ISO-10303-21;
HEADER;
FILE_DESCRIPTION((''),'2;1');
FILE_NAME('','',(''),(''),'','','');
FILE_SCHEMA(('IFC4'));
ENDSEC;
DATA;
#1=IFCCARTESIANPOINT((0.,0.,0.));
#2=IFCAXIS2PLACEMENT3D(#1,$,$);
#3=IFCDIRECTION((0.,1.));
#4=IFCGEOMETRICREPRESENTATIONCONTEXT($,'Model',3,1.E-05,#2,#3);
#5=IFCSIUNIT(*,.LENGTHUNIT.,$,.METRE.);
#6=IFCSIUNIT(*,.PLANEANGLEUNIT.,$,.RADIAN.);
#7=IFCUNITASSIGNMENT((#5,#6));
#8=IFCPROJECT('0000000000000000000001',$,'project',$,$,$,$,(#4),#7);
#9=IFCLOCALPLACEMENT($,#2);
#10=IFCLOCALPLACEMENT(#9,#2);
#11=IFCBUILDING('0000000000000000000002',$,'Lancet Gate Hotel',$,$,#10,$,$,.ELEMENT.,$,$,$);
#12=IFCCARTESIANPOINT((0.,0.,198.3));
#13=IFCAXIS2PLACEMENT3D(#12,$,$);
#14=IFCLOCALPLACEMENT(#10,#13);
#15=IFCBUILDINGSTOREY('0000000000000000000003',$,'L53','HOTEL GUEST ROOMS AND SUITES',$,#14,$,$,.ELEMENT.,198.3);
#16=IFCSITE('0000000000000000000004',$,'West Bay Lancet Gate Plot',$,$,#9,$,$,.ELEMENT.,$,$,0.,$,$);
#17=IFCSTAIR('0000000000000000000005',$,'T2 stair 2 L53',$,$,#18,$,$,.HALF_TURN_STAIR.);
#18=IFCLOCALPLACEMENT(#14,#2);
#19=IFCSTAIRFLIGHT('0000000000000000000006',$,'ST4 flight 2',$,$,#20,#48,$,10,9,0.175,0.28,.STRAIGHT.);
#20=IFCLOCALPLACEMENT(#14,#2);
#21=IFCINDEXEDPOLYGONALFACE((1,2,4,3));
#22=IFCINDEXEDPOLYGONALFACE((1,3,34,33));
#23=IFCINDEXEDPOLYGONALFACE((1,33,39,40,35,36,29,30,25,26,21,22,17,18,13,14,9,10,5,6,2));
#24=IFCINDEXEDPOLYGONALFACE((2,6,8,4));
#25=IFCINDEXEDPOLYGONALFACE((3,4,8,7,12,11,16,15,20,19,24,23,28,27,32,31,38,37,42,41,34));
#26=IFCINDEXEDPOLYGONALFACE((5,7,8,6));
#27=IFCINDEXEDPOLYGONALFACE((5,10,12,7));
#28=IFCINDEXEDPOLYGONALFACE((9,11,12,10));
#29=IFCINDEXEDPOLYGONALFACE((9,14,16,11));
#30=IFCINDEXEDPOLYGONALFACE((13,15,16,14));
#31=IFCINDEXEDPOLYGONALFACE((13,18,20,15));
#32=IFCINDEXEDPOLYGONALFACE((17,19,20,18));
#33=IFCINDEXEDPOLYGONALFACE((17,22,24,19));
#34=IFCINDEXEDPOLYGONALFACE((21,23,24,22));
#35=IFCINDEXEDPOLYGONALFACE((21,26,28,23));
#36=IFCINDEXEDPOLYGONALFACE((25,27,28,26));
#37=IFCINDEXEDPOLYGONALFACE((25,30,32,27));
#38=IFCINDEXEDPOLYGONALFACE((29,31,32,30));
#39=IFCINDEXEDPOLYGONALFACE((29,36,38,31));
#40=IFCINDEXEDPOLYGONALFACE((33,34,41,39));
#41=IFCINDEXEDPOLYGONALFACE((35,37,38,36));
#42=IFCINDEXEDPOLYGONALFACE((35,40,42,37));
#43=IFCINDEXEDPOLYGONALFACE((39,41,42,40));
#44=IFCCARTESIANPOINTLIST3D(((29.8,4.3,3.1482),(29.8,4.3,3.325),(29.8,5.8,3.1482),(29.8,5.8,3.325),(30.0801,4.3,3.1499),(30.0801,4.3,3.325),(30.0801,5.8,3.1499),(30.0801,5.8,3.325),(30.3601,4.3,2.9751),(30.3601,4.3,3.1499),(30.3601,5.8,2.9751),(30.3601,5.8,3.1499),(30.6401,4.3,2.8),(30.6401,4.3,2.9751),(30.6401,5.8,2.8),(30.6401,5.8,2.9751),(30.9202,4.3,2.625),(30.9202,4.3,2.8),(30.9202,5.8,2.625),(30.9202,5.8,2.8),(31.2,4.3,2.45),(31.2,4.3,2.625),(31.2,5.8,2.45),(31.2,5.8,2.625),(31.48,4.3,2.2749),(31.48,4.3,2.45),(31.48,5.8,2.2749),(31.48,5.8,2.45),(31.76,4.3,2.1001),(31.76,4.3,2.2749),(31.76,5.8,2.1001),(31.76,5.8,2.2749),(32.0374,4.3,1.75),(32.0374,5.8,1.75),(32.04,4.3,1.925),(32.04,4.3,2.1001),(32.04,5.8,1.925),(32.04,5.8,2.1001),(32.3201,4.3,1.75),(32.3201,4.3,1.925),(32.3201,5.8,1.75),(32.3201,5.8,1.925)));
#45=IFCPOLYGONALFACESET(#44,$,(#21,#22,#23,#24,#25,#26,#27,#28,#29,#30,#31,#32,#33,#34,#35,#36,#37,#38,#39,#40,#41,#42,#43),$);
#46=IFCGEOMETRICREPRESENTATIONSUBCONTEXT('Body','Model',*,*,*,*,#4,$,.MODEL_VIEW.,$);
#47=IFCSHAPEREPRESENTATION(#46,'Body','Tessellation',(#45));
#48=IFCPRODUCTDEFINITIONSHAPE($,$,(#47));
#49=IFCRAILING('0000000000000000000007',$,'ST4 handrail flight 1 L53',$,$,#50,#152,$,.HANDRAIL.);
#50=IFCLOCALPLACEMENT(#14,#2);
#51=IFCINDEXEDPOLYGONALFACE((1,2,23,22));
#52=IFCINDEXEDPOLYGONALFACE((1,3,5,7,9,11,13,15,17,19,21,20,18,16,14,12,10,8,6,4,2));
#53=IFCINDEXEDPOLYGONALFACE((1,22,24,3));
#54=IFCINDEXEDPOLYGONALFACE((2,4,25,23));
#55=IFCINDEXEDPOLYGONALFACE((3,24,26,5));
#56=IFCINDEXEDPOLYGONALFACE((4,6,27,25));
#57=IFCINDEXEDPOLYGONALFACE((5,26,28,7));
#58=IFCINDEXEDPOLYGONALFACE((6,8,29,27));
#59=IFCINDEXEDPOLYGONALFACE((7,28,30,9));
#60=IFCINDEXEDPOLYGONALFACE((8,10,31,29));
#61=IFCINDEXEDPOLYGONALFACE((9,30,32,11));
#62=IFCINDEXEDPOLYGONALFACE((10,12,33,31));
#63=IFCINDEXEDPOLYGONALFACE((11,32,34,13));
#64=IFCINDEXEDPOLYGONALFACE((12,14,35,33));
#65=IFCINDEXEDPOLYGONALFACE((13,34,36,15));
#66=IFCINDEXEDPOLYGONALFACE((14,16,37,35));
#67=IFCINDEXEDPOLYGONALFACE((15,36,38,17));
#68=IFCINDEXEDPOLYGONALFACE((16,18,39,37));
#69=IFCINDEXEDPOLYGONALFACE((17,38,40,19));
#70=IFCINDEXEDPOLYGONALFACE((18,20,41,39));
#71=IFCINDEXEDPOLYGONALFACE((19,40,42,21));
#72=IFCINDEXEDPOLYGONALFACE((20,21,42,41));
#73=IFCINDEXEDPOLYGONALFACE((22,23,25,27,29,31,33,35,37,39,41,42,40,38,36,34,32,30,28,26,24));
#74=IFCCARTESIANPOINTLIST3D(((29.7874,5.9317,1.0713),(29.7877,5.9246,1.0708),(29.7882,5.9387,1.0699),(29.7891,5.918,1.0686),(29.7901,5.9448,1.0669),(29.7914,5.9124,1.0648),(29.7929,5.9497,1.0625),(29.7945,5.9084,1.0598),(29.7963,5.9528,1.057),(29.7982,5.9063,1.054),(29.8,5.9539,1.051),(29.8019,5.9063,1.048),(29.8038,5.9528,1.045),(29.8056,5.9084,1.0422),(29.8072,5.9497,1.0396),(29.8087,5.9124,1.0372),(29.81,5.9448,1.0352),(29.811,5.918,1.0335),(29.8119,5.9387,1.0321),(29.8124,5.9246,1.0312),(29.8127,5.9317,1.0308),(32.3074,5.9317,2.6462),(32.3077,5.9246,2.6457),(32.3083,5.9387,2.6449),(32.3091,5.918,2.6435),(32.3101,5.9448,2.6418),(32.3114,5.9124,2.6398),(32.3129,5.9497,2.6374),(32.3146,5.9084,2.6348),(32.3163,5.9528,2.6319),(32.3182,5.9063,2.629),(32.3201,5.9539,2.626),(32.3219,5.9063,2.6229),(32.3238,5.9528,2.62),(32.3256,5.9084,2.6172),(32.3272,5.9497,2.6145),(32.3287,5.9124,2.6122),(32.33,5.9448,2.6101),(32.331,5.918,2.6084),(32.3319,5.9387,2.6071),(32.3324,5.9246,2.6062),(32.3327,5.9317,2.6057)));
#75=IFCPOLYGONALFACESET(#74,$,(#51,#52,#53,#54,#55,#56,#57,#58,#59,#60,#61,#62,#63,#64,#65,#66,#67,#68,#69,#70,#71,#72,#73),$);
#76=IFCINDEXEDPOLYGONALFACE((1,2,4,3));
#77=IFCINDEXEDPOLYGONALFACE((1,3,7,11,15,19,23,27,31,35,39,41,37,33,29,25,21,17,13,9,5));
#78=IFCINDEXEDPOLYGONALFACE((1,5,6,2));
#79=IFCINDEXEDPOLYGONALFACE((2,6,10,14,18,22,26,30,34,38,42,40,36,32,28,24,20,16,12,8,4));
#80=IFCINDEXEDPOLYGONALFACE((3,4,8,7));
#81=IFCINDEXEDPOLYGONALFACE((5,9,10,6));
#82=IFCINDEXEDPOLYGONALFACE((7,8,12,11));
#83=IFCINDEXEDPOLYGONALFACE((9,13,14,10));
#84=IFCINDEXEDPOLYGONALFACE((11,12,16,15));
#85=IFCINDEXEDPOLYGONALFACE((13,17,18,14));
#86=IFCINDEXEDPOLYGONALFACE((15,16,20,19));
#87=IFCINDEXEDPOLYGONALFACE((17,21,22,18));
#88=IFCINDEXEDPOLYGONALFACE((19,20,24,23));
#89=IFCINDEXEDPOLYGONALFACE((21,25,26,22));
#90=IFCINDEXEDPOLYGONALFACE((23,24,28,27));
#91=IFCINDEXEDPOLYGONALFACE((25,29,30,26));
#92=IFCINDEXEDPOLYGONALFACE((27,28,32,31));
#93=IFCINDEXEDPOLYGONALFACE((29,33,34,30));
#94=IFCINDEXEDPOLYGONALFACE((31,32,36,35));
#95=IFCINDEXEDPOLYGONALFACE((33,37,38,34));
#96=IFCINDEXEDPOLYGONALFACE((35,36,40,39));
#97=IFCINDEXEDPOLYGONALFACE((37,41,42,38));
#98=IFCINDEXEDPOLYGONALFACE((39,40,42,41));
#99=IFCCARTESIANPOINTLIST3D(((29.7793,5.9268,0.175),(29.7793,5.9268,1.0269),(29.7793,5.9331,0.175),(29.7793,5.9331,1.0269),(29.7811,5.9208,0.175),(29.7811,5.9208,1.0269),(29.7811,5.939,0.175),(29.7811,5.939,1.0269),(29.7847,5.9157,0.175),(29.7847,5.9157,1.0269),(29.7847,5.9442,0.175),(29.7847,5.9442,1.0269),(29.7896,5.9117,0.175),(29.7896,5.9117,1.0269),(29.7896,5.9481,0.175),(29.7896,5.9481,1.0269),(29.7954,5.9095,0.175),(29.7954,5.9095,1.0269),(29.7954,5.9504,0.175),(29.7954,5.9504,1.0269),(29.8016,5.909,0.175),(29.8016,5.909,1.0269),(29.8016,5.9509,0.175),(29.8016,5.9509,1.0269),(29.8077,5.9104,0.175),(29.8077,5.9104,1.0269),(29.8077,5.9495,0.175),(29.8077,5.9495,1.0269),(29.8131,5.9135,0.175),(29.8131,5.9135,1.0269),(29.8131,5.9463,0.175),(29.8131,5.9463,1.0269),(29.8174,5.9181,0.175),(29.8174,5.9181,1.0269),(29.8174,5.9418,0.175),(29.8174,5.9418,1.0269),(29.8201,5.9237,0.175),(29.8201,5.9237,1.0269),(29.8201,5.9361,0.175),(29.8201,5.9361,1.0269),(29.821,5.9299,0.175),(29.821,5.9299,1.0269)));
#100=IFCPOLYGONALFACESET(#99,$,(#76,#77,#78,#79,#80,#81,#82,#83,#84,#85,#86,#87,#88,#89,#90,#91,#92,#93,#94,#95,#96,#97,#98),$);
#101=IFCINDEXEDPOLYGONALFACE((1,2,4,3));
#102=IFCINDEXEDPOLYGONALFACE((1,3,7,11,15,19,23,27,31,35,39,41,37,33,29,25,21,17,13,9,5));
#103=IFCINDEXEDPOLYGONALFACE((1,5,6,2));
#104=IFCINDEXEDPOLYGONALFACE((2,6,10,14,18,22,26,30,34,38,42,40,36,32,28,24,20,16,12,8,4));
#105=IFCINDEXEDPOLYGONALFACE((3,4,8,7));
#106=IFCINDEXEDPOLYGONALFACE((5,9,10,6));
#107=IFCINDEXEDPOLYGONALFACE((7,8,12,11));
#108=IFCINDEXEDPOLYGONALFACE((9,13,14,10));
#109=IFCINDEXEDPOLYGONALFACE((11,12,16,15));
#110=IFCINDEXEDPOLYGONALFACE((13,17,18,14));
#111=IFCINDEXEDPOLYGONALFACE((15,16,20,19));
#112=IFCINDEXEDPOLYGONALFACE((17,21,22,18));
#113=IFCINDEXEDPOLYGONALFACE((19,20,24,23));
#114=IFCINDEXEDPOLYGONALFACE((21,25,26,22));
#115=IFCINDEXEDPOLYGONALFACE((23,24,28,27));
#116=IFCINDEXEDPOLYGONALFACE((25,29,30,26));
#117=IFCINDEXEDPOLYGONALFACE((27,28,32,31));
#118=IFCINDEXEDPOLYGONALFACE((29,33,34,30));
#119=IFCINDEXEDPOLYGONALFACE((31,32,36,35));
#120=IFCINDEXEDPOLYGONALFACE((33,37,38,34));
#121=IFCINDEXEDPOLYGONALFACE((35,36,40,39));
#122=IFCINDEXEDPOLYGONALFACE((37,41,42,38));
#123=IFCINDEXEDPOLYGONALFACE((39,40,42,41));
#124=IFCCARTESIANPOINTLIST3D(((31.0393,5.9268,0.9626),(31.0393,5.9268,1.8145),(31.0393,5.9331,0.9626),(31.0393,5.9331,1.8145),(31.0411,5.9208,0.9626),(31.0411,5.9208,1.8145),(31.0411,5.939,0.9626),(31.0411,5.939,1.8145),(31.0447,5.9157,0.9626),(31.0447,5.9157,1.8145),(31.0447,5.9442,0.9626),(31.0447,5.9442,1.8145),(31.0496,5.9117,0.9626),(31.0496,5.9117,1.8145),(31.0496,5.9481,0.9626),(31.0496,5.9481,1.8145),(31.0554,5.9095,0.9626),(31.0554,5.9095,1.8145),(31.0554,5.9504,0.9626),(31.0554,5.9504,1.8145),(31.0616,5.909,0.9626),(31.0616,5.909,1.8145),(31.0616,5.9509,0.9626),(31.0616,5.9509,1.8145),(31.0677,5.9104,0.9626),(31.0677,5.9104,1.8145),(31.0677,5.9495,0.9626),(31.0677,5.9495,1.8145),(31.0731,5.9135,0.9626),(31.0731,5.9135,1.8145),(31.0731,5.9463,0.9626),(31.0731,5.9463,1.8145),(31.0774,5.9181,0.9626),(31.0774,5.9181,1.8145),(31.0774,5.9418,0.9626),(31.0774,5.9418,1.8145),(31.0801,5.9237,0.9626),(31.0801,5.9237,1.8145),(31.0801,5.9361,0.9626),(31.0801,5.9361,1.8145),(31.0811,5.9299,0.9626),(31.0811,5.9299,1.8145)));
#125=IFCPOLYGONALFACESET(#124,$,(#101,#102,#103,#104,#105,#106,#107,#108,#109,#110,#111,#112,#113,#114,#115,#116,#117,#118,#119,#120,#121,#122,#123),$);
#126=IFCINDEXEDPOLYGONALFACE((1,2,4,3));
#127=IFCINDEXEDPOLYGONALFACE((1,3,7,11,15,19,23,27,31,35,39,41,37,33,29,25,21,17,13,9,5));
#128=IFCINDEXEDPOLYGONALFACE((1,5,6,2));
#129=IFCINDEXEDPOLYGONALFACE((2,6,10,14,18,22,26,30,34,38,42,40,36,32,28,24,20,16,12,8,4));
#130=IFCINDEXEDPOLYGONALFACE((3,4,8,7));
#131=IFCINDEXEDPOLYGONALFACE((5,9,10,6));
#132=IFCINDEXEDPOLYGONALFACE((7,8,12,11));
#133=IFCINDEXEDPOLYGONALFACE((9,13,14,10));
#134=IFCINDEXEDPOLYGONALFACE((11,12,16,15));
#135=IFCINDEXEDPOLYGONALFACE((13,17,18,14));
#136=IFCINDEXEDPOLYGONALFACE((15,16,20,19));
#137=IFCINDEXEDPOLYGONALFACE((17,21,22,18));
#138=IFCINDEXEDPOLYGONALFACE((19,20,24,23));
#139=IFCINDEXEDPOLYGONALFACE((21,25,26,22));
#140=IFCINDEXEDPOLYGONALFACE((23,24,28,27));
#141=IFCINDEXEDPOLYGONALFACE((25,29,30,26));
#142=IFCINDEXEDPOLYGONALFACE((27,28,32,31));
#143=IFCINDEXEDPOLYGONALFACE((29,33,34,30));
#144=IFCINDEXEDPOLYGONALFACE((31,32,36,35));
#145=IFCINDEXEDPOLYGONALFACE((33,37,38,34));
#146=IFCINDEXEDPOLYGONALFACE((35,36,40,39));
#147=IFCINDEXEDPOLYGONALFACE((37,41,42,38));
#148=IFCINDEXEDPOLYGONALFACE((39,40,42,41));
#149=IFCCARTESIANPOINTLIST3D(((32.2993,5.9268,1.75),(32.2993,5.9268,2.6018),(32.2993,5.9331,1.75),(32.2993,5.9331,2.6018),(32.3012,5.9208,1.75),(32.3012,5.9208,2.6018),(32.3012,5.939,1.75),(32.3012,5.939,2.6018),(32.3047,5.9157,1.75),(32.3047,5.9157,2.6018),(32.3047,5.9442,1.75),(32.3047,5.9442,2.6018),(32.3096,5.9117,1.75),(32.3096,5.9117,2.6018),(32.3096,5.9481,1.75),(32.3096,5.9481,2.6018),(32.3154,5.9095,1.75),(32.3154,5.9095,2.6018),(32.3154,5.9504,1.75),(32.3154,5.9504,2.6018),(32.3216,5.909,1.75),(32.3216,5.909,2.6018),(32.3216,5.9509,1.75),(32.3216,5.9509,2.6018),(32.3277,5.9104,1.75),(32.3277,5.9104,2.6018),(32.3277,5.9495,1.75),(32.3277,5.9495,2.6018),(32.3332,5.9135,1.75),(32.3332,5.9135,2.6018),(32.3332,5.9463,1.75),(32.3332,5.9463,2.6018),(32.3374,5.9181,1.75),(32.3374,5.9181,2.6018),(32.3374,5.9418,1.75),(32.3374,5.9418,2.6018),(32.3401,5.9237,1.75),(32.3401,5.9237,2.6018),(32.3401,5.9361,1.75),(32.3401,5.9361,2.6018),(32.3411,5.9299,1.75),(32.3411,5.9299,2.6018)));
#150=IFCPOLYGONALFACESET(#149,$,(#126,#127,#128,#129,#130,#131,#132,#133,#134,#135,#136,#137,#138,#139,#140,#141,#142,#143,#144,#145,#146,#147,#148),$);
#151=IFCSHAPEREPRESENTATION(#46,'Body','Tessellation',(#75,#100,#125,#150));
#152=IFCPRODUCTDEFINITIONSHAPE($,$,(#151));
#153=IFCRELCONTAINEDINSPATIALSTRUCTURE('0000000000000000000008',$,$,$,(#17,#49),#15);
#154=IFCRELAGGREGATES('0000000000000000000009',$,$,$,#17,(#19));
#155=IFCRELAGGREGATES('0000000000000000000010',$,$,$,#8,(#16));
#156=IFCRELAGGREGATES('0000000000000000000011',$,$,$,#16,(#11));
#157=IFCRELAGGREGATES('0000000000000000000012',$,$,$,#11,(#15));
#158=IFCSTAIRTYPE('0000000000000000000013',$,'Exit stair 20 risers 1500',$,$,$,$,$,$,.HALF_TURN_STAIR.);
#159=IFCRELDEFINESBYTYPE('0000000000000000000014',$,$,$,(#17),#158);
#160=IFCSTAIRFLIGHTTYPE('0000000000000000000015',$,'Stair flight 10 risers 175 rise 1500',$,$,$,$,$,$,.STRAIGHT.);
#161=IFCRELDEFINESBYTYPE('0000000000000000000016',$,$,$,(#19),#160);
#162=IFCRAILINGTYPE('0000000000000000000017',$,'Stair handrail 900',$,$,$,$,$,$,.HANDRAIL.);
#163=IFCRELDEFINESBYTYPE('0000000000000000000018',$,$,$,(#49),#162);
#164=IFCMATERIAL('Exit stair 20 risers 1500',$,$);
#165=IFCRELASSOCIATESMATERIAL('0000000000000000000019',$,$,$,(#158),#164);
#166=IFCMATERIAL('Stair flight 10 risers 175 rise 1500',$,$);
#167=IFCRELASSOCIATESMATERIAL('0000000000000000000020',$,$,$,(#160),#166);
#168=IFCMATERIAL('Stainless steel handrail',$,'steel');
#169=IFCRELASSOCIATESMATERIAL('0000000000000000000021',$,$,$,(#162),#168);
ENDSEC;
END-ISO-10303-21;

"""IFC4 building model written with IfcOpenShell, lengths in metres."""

from ifc_helpers import new_model, si_unit, direction, frame, origin, origin_2d, place, context, subcontext, project, spatial, polyline, circle, outline, extrude, material, type_object, element, aggregate, save


model = new_model("IFC4")

# Units and contexts
model_context = context("Model", 3, precision=1e-05, world=origin(), true_north=direction((0.0, 1.0)))
body_context = subcontext(model_context, "Body", "Model", "MODEL_VIEW")
ifc_project = project(units=[si_unit("LENGTHUNIT", "METRE"), si_unit("PLANEANGLEUNIT", "RADIAN")], contexts=[model_context])

# Site, building, storey
site_placement = place(None, origin())
site = spatial("IfcSite", under=ifc_project, at=site_placement, Name="West Bay Lancet Gate Plot", CompositionType="ELEMENT", RefElevation=0.0)
building_placement = place(site_placement, origin())
building = spatial("IfcBuilding", under=site, at=building_placement, Name="Lancet Gate Hotel", CompositionType="ELEMENT")
storey_placement = place(building_placement, frame((0.0, 0.0, 198.3)))
storey = spatial("IfcBuildingStorey", under=building, at=storey_placement, Name="L53", Description="HOTEL GUEST ROOMS AND SUITES", CompositionType="ELEMENT", Elevation=198.3)

# Stair, stair flight
ifc_material_1 = material(Name="Exit stair 20 risers 1500")
stair_type = type_object("IfcStairType", Name="Exit stair 20 risers 1500", PredefinedType="HALF_TURN_STAIR", material=ifc_material_1)
stair_placement = place(storey_placement, origin())
stair = element("IfcStair", 1, at=stair_placement, inside=storey, type_object=stair_type, Name="T2 stair 2 L53", PredefinedType="HALF_TURN_STAIR")
ifc_material_2 = material(Name="Stair flight 10 risers 175 rise 1500")
stair_flight_type = type_object("IfcStairFlightType", Name="Stair flight 10 risers 175 rise 1500", PredefinedType="STRAIGHT", material=ifc_material_2)
stair_flight_1_placement = place(storey_placement, frame((32.3201, 5.05, 1.75), z_axis=(0.0, 0.0, 1.0), x_axis=(-1.0, 0.0, 0.0)))
stair_flight_1 = element("IfcStairFlight", 2, at=stair_flight_1_placement, type_object=stair_flight_type, Name="ST4 flight 2", NumberOfRisers=10, NumberOfTreads=9, PredefinedType="STRAIGHT", RiserHeight=0.175, TreadLength=0.28, context=body_context, shape_type="SweptSolid", body=[
    extrude(outline(polyline([(0.0, 0.0), (0.0, 0.175), (0.28, 0.175), (0.28, 0.3501), (0.5601, 0.3501), (0.5601, 0.5249), (0.8401, 0.5249), (0.8401, 0.7), (1.1201, 0.7), (1.1201, 0.875), (1.3999, 0.875), (1.3999, 1.05), (1.6799, 1.05), (1.6799, 1.2251), (1.96, 1.2251), (1.96, 1.3999), (2.24, 1.3999), (2.24, 1.575), (2.52, 1.575), (2.52, 1.75), (2.52, 1.3982), (0.2827, 0.0), (0.0, 0.0)])), frame((0.0, 0.75, 0.0), z_axis=(0.0, -1.0, 0.0), x_axis=(1.0, 0.0, 0.0)), (0.0, 0.0, 1.0), 1.5),
])
aggregate(stair, [stair_flight_1])

# Railing
ifc_material_3 = material(Name="Stainless steel handrail", Category="steel")
railing_type = type_object("IfcRailingType", Name="Stair handrail 900", PredefinedType="HANDRAIL", material=ifc_material_3)
railing_1_placement = place(storey_placement, frame((29.8, 5.9299, 0.175)))
element("IfcRailing", 3, at=railing_1_placement, inside=storey, type_object=railing_type, Name="ST4 handrail flight 1 L53", PredefinedType="HANDRAIL", context=body_context, shape_type="SweptSolid", body=[
    extrude(circle(Radius=0.0239, at=origin_2d()), frame((0.0, 0.0, 0.876), z_axis=(0.848008, 0.0, 0.529984), x_axis=(0.0, 1.0, 0.0)), (0.0, 0.0, 1.0), 2.9717),
    extrude(circle(Radius=0.021, at=origin_2d()), origin(), (0.0, 0.0, 1.0), 0.8518),
    extrude(circle(Radius=0.021, at=origin_2d()), frame((1.26, 0.0, 0.7876)), (0.0, 0.0, 1.0), 0.8518),
    extrude(circle(Radius=0.021, at=origin_2d()), frame((2.52, 0.0, 1.575)), (0.0, 0.0, 1.0), 0.8518),
])

save(model, "model.ifc")
